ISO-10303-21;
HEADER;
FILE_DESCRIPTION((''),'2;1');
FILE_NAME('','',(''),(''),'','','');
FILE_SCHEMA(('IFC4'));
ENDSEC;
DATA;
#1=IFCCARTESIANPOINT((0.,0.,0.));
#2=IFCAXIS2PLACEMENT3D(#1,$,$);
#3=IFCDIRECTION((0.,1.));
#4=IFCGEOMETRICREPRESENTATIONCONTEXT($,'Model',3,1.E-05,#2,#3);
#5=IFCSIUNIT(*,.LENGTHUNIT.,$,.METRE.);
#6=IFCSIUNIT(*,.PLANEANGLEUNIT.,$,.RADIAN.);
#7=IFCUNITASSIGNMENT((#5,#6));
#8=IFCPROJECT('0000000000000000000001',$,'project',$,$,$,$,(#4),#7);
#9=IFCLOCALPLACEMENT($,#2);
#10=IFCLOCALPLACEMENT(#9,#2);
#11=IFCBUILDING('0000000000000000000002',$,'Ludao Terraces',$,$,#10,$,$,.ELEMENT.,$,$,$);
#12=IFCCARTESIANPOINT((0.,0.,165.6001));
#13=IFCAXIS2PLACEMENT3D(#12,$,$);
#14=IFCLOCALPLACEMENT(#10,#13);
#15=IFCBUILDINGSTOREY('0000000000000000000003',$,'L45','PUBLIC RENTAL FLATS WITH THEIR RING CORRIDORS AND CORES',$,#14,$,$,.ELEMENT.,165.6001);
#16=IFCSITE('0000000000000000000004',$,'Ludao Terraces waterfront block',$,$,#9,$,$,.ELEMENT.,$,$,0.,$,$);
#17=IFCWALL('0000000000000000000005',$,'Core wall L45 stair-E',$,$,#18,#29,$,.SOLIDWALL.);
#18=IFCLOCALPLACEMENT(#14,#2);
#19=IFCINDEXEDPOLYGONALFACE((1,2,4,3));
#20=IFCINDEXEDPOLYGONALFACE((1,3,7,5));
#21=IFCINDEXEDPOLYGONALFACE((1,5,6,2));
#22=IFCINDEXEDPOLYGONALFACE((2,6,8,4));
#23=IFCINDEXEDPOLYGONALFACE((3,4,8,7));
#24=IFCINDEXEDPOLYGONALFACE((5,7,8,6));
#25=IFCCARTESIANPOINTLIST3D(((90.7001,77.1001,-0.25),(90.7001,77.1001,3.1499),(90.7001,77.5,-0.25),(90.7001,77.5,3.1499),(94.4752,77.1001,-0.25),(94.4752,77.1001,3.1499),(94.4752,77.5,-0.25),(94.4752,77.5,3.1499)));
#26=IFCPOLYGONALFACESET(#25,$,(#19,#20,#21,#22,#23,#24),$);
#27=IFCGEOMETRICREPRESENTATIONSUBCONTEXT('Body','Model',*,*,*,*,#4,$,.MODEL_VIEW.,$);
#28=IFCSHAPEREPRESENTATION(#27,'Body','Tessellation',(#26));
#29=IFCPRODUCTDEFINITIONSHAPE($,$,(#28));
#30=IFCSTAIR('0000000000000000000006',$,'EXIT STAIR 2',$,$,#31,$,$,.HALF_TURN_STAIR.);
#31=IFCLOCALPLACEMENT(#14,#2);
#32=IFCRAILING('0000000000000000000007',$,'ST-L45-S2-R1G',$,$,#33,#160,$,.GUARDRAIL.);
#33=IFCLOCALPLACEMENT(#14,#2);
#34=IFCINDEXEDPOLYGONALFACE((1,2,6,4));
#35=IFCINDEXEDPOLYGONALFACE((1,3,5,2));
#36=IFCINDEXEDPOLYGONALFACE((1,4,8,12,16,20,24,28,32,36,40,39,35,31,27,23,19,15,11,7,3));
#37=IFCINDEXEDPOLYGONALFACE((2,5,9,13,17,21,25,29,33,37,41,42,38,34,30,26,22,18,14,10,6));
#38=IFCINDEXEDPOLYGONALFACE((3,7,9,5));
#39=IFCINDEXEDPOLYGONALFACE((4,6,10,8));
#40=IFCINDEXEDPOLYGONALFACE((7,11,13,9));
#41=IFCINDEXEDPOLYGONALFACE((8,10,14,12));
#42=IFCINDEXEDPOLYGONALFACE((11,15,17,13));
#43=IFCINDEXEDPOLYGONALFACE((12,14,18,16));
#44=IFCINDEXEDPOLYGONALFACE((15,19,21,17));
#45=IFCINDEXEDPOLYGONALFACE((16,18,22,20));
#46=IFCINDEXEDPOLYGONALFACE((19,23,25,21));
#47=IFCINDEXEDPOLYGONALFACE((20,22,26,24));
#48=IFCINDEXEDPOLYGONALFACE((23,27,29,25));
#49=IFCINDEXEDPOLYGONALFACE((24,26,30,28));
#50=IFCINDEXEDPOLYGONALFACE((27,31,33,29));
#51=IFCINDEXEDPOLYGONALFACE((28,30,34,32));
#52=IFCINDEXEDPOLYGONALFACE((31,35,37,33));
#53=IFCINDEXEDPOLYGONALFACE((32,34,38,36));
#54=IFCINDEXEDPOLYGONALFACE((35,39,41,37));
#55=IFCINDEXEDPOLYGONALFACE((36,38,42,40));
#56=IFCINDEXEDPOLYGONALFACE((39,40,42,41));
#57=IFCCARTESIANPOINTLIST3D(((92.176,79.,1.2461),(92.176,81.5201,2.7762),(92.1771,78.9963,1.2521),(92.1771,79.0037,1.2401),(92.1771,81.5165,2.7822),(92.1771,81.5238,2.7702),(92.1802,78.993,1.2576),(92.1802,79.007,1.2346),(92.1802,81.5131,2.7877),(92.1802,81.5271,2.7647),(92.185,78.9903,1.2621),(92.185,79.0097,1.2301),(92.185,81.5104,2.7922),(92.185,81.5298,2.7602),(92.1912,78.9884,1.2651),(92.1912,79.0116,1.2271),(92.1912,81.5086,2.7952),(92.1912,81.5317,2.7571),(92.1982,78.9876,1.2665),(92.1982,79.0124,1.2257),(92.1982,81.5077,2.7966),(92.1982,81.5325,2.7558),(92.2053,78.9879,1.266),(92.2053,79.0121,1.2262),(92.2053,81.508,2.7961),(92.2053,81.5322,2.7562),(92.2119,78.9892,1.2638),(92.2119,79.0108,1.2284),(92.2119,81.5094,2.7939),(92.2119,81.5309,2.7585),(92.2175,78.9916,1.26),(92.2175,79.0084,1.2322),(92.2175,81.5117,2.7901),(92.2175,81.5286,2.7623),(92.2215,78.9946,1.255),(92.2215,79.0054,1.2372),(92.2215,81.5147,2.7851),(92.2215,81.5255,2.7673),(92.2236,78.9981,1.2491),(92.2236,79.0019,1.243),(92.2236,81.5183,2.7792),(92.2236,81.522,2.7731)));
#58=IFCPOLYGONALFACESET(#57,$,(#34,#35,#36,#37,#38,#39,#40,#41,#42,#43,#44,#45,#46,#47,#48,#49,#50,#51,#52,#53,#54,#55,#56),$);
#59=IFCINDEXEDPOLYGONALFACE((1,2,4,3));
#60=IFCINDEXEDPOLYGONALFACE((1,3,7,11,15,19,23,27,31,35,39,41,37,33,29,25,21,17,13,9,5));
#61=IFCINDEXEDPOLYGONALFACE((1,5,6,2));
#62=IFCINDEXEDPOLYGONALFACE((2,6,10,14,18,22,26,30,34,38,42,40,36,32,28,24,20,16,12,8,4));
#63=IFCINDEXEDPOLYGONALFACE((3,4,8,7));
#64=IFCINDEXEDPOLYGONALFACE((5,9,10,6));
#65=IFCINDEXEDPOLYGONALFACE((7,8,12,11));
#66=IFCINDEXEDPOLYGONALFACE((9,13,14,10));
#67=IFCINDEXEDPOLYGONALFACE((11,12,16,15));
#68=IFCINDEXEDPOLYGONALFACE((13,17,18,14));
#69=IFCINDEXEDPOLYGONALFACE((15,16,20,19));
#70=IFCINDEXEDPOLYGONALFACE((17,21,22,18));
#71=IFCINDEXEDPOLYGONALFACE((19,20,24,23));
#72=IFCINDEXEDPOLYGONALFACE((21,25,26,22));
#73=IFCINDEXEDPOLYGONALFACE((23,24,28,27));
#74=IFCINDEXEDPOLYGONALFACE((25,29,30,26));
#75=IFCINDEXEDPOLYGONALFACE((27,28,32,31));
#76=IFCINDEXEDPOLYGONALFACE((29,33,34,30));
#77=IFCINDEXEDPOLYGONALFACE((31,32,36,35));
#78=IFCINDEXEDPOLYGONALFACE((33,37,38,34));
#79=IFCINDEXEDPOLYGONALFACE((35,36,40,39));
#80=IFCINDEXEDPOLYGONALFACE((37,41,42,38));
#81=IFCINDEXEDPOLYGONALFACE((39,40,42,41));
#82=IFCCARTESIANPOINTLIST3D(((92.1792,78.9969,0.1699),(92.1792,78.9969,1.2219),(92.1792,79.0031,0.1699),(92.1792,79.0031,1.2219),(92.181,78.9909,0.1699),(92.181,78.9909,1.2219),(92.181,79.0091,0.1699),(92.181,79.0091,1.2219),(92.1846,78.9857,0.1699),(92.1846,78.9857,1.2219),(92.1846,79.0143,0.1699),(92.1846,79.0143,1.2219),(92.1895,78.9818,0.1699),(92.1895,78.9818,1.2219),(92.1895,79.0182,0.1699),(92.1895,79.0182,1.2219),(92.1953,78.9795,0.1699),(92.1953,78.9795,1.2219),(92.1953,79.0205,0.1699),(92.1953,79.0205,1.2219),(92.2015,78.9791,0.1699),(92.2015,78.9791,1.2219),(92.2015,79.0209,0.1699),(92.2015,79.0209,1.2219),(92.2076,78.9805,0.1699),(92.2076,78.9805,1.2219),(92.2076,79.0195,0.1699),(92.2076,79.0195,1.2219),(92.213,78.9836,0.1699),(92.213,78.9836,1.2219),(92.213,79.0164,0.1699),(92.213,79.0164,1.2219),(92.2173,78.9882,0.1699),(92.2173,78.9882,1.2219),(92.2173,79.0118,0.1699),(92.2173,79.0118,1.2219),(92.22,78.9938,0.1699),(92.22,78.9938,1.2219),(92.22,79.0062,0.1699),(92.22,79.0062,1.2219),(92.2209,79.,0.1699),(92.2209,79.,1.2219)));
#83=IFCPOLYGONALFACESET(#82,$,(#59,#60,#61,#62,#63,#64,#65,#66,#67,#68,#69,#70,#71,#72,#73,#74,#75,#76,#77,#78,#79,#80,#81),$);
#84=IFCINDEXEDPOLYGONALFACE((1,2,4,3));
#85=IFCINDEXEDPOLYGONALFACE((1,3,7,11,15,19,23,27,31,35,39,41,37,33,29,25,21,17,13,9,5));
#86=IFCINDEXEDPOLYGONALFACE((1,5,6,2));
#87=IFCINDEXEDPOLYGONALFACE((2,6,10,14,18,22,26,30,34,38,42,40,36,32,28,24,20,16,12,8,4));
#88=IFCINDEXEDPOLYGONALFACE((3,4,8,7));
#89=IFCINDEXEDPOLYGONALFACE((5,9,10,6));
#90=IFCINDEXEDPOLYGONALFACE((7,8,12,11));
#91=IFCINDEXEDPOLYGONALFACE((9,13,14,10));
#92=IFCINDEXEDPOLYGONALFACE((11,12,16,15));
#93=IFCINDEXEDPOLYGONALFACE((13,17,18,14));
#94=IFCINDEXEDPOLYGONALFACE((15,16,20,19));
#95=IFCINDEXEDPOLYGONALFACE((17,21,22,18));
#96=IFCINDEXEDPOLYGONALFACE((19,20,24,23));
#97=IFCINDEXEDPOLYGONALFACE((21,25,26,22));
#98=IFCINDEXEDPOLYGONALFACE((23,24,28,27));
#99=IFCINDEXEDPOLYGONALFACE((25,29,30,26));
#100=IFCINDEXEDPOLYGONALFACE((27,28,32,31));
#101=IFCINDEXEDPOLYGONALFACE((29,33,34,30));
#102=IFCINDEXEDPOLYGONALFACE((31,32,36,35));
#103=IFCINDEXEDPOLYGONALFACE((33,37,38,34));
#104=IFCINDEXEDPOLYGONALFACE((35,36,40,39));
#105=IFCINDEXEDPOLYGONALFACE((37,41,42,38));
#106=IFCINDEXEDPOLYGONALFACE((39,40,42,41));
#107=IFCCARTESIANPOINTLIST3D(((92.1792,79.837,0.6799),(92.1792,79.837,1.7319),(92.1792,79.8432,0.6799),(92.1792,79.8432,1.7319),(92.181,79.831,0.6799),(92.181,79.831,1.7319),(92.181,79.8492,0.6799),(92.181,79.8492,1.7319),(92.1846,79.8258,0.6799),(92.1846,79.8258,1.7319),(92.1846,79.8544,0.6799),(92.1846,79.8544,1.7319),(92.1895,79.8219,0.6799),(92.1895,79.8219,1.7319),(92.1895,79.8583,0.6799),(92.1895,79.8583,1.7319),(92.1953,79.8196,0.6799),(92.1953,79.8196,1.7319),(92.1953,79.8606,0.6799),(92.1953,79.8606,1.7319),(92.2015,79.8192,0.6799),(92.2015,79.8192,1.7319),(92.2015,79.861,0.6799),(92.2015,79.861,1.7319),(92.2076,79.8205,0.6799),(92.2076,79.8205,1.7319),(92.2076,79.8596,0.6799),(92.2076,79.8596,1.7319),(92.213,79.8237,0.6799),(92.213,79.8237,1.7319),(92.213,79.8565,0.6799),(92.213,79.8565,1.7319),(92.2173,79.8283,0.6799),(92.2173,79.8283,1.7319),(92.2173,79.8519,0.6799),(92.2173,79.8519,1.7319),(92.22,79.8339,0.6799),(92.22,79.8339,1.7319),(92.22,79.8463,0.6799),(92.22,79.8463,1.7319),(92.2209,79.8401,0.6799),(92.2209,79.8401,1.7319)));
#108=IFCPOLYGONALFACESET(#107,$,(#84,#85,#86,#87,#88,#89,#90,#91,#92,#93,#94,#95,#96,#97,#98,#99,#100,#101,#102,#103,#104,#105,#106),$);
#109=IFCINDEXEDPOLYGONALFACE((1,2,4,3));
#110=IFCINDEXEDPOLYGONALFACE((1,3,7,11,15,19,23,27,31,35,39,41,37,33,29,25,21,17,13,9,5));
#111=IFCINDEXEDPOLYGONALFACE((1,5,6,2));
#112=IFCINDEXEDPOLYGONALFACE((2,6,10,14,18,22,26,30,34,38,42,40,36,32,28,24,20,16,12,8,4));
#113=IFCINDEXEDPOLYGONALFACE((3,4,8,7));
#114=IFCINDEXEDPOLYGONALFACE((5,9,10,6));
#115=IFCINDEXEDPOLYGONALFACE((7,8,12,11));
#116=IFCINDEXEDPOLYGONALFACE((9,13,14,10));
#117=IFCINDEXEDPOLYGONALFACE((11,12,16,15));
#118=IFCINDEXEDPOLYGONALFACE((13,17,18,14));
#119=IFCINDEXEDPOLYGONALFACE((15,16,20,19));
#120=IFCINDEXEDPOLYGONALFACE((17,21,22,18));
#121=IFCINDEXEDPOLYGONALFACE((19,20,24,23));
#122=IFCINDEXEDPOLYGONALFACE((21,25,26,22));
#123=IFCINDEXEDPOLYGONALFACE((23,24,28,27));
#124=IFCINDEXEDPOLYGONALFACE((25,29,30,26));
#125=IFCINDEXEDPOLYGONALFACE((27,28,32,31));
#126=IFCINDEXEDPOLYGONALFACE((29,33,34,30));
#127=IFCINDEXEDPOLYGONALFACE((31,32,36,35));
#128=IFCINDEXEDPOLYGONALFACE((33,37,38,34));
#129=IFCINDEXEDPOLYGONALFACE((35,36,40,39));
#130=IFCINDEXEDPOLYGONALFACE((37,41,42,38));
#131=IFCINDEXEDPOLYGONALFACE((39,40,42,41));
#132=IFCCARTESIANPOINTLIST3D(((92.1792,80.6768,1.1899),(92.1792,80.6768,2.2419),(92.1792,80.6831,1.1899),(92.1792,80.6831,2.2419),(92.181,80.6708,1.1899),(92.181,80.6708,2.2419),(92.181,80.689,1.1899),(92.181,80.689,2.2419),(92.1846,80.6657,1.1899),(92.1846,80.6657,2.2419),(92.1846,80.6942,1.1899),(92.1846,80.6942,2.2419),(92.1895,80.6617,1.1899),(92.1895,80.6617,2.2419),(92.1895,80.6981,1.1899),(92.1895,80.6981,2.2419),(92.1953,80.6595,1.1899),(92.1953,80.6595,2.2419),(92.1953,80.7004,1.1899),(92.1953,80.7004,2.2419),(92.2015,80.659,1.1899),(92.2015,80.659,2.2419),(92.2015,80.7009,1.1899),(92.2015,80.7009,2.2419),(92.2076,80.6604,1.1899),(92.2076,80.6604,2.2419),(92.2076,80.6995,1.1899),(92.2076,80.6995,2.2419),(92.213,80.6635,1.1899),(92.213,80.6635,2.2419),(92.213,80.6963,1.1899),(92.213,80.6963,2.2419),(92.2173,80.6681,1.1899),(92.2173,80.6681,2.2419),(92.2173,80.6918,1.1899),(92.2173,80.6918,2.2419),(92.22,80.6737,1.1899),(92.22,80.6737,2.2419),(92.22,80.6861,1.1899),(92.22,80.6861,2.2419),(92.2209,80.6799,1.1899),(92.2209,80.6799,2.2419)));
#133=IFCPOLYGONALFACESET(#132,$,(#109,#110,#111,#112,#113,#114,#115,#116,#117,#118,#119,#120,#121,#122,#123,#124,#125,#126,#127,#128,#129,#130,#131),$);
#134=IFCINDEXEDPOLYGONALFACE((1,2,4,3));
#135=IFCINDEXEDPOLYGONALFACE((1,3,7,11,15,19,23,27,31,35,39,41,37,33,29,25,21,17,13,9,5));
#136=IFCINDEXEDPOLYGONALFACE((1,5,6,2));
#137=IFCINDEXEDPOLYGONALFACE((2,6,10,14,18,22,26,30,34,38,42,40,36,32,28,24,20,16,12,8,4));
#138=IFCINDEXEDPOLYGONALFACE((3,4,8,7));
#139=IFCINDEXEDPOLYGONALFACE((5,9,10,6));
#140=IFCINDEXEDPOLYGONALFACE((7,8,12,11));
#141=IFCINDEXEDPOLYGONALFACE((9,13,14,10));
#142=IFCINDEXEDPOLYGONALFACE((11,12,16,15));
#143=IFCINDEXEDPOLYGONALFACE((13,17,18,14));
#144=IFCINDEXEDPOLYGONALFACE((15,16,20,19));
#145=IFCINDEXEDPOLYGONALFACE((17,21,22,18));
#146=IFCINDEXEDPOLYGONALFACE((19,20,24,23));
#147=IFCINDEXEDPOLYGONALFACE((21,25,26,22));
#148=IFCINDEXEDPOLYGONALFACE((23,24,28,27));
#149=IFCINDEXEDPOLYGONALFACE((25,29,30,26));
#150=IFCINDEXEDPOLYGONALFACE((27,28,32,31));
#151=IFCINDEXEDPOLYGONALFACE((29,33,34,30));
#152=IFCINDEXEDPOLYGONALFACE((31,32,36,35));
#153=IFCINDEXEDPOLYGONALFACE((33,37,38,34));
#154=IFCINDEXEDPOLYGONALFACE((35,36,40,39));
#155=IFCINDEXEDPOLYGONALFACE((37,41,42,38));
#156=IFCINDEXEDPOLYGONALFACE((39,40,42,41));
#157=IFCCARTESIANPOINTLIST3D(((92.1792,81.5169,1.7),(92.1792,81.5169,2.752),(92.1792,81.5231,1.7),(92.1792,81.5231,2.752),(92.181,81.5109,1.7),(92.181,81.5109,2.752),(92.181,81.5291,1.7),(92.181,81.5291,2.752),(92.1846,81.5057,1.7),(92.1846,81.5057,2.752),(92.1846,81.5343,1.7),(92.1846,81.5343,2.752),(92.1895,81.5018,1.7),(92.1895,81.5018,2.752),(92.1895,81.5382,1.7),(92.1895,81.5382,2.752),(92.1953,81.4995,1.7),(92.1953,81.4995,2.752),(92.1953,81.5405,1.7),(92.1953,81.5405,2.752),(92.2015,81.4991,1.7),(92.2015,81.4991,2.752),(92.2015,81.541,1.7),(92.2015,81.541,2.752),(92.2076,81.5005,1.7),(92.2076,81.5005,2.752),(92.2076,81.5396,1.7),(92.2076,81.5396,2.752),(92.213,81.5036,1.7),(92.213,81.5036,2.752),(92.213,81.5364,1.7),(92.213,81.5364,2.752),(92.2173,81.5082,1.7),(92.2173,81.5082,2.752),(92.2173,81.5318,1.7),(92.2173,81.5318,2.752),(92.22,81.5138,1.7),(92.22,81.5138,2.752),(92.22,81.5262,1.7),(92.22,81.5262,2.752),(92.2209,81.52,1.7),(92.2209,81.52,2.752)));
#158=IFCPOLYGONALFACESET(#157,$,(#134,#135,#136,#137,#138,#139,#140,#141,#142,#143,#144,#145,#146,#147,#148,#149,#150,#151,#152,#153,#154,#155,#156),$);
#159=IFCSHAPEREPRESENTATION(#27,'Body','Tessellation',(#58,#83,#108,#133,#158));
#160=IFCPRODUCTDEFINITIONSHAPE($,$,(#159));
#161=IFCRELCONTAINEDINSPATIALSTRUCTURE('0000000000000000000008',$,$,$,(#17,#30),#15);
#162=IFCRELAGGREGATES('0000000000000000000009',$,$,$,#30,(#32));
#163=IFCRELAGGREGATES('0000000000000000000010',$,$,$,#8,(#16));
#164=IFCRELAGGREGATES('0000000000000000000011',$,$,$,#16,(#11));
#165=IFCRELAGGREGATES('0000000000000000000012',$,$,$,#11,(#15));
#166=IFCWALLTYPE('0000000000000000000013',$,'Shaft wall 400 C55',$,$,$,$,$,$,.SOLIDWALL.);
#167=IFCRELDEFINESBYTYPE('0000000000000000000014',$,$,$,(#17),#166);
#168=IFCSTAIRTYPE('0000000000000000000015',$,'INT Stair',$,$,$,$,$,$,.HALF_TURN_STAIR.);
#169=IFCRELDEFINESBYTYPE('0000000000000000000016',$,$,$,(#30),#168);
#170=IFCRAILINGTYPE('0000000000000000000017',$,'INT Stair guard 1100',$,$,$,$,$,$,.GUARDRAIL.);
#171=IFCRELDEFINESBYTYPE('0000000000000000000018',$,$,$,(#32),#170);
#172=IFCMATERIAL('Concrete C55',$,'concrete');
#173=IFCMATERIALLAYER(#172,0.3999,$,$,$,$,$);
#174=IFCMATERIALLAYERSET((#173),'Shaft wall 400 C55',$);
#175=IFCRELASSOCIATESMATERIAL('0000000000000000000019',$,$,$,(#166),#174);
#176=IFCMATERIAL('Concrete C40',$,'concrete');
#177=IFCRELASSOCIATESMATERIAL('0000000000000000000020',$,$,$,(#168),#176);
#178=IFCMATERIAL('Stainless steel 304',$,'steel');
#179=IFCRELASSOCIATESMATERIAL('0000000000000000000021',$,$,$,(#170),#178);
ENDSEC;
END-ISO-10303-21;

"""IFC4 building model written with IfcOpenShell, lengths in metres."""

from ifc_helpers import new_model, si_unit, direction, frame, frame_2d, origin, origin_2d, place, context, subcontext, project, spatial, rectangle, circle, extrude, material, layer, layer_set, type_object, element, aggregate, save


model = new_model("IFC4")

# Units and contexts
model_context = context("Model", 3, precision=1e-05, world=origin(), true_north=direction((0.0, 1.0)))
body_context = subcontext(model_context, "Body", "Model", "MODEL_VIEW")
ifc_project = project(units=[si_unit("LENGTHUNIT", "METRE"), si_unit("PLANEANGLEUNIT", "RADIAN")], contexts=[model_context])

# Site, building, storey
site_placement = place(None, origin())
site = spatial("IfcSite", under=ifc_project, at=site_placement, Name="Ludao Terraces waterfront block", CompositionType="ELEMENT", RefElevation=0.0)
building_placement = place(site_placement, origin())
building = spatial("IfcBuilding", under=site, at=building_placement, Name="Ludao Terraces", CompositionType="ELEMENT")
storey_placement = place(building_placement, frame((0.0, 0.0, 165.6001)))
storey = spatial("IfcBuildingStorey", under=building, at=storey_placement, Name="L45", Description="PUBLIC RENTAL FLATS WITH THEIR RING CORRIDORS AND CORES", CompositionType="ELEMENT", Elevation=165.6001)

# Shared definitions
ifc_material_1 = material(Name="Concrete C55", Category="concrete")

# Shared definitions
ifc_material_2 = material(Name="Stainless steel 304", Category="steel")

# Wall
ifc_layer_1 = layer(ifc_material_1, 0.3999)
ifc_layer_set_1 = layer_set([ifc_layer_1], Name="Shaft wall 400 C55")
wall_type_1 = type_object("IfcWallType", Name="Shaft wall 400 C55", PredefinedType="SOLIDWALL", material=ifc_layer_set_1)
wall_1_placement = place(storey_placement, frame((90.7, 77.3, -0.25), z_axis=(0.0, 0.0, 1.0), x_axis=(1.0, 0.0, 0.0)))
element("IfcWall", 1, at=wall_1_placement, inside=storey, type_object=wall_type_1, Name="Core wall L45 stair-E", PredefinedType="SOLIDWALL", context=body_context, shape_type="SweptSolid", body=[
    extrude(rectangle(XDim=3.7751, YDim=0.3999, at=frame_2d((1.8877, 0.0))), origin(), (0.0, 0.0, 1.0), 3.3999),
])

# Stair, railing
ifc_material_3 = material(Name="Concrete C40", Category="concrete")
stair_type = type_object("IfcStairType", Name="INT Stair", PredefinedType="HALF_TURN_STAIR", material=ifc_material_3)
stair_placement = place(storey_placement, origin())
stair = element("IfcStair", 2, at=stair_placement, inside=storey, type_object=stair_type, Name="EXIT STAIR 2", PredefinedType="HALF_TURN_STAIR")
railing_type_1 = type_object("IfcRailingType", Name="INT Stair guard 1100", PredefinedType="GUARDRAIL", material=ifc_material_2)
railing_1_placement = place(storey_placement, frame((92.2, 79.0, 0.1699)))
railing_1 = element("IfcRailing", 3, at=railing_1_placement, type_object=railing_type_1, Name="ST-L45-S2-R1G", PredefinedType="GUARDRAIL", context=body_context, shape_type="SweptSolid", body=[
    extrude(circle(Radius=0.0239, at=origin_2d()), frame((0.0, 0.0, 1.0762), z_axis=(0.0, 0.854785, 0.518982), x_axis=(-1.0, 0.0, 0.0)), (0.0, 0.0, 1.0), 2.9482),
    extrude(circle(Radius=0.021, at=origin_2d()), origin(), (0.0, 0.0, 1.0), 1.052),
    extrude(circle(Radius=0.021, at=origin_2d()), frame((0.0, 0.8401, 0.51)), (0.0, 0.0, 1.0), 1.052),
    extrude(circle(Radius=0.021, at=origin_2d()), frame((0.0, 1.6799, 1.02)), (0.0, 0.0, 1.0), 1.052),
    extrude(circle(Radius=0.021, at=origin_2d()), frame((0.0, 2.52, 1.53)), (0.0, 0.0, 1.0), 1.052),
])
aggregate(stair, [railing_1])

save(model, "model.ifc")
